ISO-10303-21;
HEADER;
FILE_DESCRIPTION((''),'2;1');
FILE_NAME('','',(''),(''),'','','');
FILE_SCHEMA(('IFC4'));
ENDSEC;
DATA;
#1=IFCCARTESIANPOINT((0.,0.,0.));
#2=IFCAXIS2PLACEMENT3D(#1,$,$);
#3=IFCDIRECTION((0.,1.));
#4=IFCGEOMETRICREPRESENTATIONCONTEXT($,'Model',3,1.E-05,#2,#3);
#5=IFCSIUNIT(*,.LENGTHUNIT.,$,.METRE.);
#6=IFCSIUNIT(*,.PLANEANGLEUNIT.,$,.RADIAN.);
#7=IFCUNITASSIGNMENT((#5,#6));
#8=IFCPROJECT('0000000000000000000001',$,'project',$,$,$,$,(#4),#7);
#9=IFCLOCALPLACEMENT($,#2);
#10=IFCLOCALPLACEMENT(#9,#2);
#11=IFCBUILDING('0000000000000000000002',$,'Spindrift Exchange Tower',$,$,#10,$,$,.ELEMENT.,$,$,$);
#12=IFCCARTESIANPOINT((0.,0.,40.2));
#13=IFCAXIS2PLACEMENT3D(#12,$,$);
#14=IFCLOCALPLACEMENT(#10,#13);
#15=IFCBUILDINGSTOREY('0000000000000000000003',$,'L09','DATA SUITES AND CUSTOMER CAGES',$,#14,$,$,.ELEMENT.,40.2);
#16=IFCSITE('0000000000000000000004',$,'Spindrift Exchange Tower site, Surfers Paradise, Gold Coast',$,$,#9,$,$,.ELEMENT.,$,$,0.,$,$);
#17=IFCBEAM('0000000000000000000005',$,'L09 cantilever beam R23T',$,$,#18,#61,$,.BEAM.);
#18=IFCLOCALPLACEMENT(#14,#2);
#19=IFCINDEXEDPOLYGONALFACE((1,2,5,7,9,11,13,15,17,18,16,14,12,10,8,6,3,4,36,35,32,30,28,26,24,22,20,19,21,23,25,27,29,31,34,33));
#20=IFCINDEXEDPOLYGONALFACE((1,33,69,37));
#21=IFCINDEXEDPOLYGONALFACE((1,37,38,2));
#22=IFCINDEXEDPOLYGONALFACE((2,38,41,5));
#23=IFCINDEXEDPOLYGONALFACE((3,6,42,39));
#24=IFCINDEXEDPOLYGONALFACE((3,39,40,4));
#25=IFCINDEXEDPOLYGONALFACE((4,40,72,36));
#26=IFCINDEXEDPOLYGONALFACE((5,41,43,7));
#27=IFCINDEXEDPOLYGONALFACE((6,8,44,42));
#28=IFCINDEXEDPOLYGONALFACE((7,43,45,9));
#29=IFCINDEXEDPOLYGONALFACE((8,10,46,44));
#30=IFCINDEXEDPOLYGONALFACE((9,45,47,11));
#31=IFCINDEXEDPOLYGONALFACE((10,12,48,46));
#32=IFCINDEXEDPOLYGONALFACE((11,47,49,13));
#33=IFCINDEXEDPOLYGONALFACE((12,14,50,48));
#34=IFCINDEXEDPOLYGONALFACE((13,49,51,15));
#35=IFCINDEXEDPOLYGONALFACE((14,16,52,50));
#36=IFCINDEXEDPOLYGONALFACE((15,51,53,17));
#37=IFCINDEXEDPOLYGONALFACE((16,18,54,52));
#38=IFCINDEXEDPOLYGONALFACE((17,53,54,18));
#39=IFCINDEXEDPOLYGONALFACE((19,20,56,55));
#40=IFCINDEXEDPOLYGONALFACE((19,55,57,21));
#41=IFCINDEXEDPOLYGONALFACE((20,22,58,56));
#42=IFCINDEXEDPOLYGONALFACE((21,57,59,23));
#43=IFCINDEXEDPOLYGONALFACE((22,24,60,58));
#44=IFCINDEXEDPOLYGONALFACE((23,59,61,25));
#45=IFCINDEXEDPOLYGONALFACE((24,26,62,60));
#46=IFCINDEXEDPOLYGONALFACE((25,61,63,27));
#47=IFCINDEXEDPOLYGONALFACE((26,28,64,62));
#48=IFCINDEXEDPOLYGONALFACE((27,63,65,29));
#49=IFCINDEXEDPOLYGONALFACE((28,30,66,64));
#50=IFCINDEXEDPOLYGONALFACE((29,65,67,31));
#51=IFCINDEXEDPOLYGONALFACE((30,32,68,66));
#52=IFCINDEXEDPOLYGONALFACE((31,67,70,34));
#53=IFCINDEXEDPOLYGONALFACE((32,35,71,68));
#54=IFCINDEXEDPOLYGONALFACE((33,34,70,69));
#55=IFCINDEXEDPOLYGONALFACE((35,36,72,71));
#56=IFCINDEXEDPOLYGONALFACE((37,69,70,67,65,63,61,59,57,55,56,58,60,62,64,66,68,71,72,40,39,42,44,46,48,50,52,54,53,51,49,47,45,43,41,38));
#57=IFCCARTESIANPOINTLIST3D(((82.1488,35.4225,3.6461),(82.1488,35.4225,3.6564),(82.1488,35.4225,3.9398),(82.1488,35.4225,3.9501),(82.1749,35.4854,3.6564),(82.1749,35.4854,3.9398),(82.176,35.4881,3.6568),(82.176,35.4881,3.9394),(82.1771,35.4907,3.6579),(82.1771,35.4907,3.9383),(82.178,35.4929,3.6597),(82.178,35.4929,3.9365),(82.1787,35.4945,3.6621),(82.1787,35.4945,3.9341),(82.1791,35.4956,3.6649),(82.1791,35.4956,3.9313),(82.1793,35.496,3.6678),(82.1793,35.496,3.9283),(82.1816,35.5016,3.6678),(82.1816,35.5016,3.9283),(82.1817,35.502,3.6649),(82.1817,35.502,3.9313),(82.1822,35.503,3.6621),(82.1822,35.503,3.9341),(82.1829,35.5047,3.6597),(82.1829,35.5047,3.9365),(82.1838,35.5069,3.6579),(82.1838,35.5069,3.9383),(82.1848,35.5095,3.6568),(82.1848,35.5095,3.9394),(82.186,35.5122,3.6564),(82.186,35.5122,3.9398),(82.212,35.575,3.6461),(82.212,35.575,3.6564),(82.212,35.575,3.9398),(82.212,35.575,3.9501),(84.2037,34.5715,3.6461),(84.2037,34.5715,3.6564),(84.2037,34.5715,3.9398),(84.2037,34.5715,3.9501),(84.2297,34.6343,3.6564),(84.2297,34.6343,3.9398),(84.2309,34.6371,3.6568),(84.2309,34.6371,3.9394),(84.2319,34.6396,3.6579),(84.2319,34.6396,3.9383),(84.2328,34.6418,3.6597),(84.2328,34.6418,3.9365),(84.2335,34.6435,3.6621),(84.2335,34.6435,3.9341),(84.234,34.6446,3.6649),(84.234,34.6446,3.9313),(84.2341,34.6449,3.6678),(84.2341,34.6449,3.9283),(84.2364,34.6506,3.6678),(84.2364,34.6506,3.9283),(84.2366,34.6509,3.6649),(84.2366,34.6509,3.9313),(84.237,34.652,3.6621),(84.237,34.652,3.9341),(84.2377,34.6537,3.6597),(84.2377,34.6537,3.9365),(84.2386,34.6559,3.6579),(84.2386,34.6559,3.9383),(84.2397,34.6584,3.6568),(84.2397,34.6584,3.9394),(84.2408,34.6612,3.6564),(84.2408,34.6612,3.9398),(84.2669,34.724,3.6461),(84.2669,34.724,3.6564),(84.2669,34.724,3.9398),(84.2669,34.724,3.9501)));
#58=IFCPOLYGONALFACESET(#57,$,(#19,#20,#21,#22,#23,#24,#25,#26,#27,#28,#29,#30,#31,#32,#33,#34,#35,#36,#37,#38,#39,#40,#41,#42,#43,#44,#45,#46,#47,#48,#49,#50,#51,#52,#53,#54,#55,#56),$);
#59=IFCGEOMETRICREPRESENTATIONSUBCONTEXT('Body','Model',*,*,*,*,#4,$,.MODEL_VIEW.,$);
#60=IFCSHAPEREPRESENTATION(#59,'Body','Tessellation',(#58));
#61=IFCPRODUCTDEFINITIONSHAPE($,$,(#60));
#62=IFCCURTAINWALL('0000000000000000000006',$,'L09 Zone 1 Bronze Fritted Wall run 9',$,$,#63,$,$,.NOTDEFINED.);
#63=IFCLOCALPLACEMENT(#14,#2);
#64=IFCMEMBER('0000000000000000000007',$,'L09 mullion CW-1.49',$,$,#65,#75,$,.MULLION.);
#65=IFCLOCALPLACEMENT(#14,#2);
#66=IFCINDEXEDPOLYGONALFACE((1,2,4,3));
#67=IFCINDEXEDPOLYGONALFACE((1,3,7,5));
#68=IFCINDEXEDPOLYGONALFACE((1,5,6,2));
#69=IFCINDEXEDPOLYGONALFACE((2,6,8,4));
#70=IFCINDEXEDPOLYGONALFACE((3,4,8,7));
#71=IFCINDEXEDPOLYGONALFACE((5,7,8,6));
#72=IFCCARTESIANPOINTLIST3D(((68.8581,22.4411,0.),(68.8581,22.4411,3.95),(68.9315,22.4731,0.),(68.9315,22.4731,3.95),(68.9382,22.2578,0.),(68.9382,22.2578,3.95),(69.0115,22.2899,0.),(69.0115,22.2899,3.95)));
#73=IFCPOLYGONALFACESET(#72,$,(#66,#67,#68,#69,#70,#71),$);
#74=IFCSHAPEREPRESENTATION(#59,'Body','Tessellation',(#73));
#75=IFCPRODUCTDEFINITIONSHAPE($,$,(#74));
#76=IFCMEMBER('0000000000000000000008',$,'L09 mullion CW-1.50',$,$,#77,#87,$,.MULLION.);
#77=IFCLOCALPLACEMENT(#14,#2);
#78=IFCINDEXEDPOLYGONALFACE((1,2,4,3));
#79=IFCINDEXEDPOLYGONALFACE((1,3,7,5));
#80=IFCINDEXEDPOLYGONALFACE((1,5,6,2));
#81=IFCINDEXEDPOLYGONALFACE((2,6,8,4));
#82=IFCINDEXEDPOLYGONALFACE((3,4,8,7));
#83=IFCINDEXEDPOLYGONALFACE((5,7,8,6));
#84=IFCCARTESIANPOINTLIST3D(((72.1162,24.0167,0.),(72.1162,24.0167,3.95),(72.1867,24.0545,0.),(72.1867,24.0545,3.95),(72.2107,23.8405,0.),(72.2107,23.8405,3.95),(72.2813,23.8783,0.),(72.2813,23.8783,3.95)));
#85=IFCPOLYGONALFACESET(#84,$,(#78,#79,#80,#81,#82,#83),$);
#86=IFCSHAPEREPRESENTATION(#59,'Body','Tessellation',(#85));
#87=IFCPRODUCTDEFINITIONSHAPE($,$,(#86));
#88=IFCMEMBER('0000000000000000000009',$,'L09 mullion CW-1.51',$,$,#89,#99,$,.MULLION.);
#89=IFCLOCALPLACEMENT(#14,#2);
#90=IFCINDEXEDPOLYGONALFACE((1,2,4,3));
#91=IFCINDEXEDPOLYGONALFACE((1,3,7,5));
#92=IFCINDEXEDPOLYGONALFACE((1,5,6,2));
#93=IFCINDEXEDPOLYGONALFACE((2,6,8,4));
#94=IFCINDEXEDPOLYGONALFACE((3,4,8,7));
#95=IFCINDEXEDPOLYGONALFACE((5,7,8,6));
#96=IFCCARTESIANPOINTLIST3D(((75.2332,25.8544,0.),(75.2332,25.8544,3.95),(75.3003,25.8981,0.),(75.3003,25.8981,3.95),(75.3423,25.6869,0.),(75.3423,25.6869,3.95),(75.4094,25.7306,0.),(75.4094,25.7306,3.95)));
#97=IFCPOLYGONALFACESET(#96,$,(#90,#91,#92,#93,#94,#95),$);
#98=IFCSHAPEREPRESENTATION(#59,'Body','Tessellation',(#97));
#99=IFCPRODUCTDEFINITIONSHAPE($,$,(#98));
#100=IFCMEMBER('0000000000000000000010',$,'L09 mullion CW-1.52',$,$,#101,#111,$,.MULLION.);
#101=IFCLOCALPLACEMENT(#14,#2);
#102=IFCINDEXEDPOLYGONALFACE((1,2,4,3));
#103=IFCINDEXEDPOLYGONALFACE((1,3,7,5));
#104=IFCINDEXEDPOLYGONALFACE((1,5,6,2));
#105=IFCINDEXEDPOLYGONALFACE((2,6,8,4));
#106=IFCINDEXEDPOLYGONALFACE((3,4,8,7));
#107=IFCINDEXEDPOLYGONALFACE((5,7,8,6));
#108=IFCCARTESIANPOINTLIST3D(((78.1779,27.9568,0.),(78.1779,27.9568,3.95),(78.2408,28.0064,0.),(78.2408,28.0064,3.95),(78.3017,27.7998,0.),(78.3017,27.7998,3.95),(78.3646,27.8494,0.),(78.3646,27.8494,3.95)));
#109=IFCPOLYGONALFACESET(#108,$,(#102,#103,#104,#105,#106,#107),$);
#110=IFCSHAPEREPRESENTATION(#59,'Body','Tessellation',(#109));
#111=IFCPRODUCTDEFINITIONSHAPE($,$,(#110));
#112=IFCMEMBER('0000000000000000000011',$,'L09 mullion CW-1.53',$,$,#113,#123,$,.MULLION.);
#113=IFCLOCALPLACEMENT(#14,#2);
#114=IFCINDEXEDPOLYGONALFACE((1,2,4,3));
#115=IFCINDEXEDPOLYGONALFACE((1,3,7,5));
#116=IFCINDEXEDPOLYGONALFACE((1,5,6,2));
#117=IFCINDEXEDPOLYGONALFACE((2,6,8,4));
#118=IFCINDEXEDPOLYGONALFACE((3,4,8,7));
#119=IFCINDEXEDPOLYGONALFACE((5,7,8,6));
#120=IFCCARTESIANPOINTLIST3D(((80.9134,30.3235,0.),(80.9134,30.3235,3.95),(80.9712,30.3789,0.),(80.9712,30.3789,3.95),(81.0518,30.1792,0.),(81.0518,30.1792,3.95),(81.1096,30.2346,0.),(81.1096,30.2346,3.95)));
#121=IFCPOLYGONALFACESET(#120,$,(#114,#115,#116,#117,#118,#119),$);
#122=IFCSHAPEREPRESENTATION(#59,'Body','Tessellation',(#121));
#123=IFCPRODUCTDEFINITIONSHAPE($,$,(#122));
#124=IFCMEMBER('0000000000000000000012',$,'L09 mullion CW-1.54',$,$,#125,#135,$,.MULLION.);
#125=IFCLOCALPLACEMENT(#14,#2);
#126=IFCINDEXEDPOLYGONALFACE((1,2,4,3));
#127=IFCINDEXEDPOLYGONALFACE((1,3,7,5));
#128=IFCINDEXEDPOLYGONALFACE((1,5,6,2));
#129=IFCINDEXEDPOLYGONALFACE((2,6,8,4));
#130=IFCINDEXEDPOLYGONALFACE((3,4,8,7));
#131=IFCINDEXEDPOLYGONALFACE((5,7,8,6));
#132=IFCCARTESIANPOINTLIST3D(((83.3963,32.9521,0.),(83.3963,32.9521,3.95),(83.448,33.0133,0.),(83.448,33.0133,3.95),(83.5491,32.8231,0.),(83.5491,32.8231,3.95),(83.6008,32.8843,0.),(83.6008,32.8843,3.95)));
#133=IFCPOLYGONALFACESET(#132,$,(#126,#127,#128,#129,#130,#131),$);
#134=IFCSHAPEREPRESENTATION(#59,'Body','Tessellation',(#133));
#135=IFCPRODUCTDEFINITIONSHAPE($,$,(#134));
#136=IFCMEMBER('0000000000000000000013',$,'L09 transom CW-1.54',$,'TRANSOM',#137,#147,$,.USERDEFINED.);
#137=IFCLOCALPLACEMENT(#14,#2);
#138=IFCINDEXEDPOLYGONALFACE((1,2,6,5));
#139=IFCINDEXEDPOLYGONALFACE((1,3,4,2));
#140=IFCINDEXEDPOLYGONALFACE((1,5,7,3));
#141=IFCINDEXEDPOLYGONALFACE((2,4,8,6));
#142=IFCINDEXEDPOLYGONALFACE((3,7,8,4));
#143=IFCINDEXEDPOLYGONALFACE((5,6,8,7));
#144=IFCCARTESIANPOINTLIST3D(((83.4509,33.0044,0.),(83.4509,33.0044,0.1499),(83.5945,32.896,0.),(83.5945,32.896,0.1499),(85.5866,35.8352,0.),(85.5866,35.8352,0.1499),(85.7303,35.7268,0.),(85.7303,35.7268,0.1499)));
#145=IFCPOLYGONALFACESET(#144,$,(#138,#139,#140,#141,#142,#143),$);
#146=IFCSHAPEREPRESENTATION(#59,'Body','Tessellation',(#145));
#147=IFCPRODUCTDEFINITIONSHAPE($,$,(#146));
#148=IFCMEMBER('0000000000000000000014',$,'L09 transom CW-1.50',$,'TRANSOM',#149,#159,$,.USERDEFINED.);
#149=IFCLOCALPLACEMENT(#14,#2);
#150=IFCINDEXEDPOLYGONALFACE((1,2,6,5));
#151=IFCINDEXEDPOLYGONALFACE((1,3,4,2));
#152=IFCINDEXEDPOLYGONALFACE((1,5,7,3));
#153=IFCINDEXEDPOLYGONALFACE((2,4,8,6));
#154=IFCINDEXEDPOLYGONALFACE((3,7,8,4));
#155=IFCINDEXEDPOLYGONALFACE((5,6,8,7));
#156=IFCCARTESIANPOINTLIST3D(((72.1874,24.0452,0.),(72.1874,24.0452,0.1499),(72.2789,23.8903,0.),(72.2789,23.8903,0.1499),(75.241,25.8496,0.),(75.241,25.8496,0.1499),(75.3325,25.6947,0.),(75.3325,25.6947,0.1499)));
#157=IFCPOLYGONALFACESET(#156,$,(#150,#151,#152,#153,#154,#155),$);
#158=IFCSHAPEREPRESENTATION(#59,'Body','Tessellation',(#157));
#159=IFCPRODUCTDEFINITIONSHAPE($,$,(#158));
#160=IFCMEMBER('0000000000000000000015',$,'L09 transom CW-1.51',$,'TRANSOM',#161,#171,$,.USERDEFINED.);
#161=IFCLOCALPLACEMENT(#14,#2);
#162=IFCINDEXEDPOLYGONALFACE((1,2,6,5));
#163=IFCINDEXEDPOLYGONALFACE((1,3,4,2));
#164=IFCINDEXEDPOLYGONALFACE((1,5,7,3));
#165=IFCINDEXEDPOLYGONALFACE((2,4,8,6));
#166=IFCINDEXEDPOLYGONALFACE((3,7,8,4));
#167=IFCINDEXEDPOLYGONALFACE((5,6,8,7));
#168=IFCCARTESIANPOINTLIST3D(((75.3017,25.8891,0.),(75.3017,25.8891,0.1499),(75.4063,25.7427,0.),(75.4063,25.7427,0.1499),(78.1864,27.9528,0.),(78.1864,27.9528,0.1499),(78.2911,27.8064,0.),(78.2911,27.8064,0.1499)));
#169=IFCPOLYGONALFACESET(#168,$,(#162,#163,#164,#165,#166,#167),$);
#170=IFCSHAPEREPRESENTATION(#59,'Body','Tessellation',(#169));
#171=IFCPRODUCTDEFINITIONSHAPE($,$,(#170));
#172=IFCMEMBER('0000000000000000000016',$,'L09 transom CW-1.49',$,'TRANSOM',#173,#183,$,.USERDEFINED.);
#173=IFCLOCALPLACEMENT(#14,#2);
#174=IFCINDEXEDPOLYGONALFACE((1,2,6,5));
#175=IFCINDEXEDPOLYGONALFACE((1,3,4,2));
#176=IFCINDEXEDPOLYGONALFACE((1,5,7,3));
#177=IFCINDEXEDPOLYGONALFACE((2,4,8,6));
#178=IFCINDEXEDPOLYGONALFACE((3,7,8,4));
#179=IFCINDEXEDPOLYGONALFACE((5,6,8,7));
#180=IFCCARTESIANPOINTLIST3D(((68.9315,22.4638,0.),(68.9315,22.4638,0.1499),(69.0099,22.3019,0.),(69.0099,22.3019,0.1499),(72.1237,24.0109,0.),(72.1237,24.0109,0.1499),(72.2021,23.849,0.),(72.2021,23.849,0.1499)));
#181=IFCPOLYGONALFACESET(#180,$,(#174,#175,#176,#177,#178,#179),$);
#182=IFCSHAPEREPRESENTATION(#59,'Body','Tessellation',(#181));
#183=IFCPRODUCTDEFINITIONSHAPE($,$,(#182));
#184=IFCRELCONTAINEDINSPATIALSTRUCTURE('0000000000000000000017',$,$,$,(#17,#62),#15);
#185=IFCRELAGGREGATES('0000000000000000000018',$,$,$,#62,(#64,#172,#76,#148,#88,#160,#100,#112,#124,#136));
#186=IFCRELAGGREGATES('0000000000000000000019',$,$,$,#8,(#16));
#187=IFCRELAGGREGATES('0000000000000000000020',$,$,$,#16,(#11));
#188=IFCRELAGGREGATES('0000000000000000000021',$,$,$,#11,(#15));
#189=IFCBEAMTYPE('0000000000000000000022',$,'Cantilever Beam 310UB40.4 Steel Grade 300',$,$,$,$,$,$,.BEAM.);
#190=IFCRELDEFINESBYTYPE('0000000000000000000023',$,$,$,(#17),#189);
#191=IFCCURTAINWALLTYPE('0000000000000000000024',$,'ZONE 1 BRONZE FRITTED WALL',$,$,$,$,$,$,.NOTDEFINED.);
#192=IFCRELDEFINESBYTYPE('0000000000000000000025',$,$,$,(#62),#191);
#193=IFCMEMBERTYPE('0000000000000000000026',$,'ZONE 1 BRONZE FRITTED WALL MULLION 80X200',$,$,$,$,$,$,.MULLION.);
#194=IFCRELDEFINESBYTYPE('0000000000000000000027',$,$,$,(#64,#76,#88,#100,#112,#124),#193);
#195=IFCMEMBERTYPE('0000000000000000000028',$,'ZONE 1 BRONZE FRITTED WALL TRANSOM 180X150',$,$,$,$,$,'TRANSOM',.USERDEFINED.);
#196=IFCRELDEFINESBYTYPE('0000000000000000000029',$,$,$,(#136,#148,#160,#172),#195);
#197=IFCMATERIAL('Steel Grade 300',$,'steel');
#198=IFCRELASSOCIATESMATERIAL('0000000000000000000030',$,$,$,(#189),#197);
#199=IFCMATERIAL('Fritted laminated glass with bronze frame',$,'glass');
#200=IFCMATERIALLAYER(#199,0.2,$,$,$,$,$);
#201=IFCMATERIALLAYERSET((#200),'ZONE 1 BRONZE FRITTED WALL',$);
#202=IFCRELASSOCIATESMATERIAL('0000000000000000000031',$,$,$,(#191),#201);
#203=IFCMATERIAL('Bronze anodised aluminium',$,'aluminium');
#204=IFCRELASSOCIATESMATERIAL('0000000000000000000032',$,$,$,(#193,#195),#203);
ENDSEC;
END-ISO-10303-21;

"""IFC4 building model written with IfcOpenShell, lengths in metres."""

from ifc_helpers import new_model, si_unit, direction, frame, origin, origin_2d, place, context, subcontext, project, spatial, rectangle, i_section, extrude, source, transform, mapped, material, layer, layer_set, material_profile, profile_set, type_object, element, aggregate, save


model = new_model("IFC4")

# Units and contexts
model_context = context("Model", 3, precision=1e-05, world=origin(), true_north=direction((0.0, 1.0)))
body_context = subcontext(model_context, "Body", "Model", "MODEL_VIEW")
ifc_project = project(units=[si_unit("LENGTHUNIT", "METRE"), si_unit("PLANEANGLEUNIT", "RADIAN")], contexts=[model_context])

# Site, building, storey
site_placement = place(None, origin())
site = spatial("IfcSite", under=ifc_project, at=site_placement, Name="Spindrift Exchange Tower site, Surfers Paradise, Gold Coast", CompositionType="ELEMENT", RefElevation=0.0)
building_placement = place(site_placement, origin())
building = spatial("IfcBuilding", under=site, at=building_placement, Name="Spindrift Exchange Tower", CompositionType="ELEMENT")
storey_placement = place(building_placement, frame((0.0, 0.0, 40.2)))
storey = spatial("IfcBuildingStorey", under=building, at=storey_placement, Name="L09", Description="DATA SUITES AND CUSTOMER CAGES", CompositionType="ELEMENT", Elevation=40.2)

# Beam
ifc_material_1 = material(Name="Steel Grade 300", Category="steel")
ifc_material_profile_1 = material_profile(ifc_material_1, i_section(OverallWidth=0.165, OverallDepth=0.304, WebThickness=0.0061, FlangeThickness=0.0103, FilletRadius=0.0115, at=origin_2d()), Name="310UB40.4")
ifc_profile_set_1 = profile_set([ifc_material_profile_1], Name="Steel Grade 300")
beam_type_1 = type_object("IfcBeamType", Name="Cantilever Beam 310UB40.4 Steel Grade 300", PredefinedType="BEAM", material=ifc_profile_set_1)
shared_shape_1 = source(origin(), body_context, "Body", "SweptSolid", [
    extrude(i_section(OverallWidth=0.165, OverallDepth=0.304, WebThickness=0.0061, FlangeThickness=0.0103, FilletRadius=0.0115, at=origin_2d()), origin(), (0.0, 0.0, 1.0), 2.2241),
])
beam_1_placement = place(storey_placement, frame((82.1804, 35.4988, 3.7981), z_axis=(0.923896, -0.382643, 0.0), x_axis=(0.382643, 0.923896, 0.0)))
element("IfcBeam", 1, at=beam_1_placement, inside=storey, type_object=beam_type_1, Name="L09 cantilever beam R23T", PredefinedType="BEAM", context=body_context, shape_type="MappedRepresentation", body=[
    mapped(shared_shape_1, transform((0.0, 0.0, 0.0), scale=1.0)),
])

# Curtain wall, members
ifc_material_2 = material(Name="Fritted laminated glass with bronze frame", Category="glass")
ifc_layer_1 = layer(ifc_material_2, 0.2)
ifc_layer_set_1 = layer_set([ifc_layer_1], Name="ZONE 1 BRONZE FRITTED WALL")
curtain_wall_type = type_object("IfcCurtainWallType", Name="ZONE 1 BRONZE FRITTED WALL", PredefinedType="NOTDEFINED", material=ifc_layer_set_1)
curtain_wall_1_placement = place(storey_placement, origin())
curtain_wall_1 = element("IfcCurtainWall", 2, at=curtain_wall_1_placement, inside=storey, type_object=curtain_wall_type, Name="L09 Zone 1 Bronze Fritted Wall run 9", PredefinedType="NOTDEFINED")
ifc_material_3 = material(Name="Bronze anodised aluminium", Category="aluminium")
ifc_material_profile_2 = material_profile(ifc_material_3, rectangle(XDim=0.0801, YDim=0.2, at=origin_2d()), Name="ZONE 1 BRONZE FRITTED WALL MULLION 80X200")
ifc_profile_set_2 = profile_set([ifc_material_profile_2], Name="Bronze anodised aluminium")
member_type_1 = type_object("IfcMemberType", Name="ZONE 1 BRONZE FRITTED WALL MULLION 80X200", PredefinedType="MULLION", material=ifc_profile_set_2)
shared_shape_2 = source(origin(), body_context, "Body", "SweptSolid", [
    extrude(rectangle(XDim=0.0801, YDim=0.2, at=origin_2d()), origin(), (0.0, 0.0, 1.0), 3.95),
])
member_1_placement = place(storey_placement, frame((68.9348, 22.3655, 0.0), z_axis=(0.0, 0.0, 1.0), x_axis=(0.916339, 0.400403, 0.0)))
member_1 = element("IfcMember", 3, at=member_1_placement, type_object=member_type_1, Name="L09 mullion CW-1.49", PredefinedType="MULLION", context=body_context, shape_type="MappedRepresentation", body=[
    mapped(shared_shape_2, transform((0.0, 0.0, 0.0), scale=1.0)),
])
member_2_placement = place(storey_placement, frame((72.1987, 23.9475, 0.0), z_axis=(0.0, 0.0, 1.0), x_axis=(0.881149, 0.472839, 0.0)))
member_2 = element("IfcMember", 4, at=member_2_placement, type_object=member_type_1, Name="L09 mullion CW-1.50", PredefinedType="MULLION", context=body_context, shape_type="MappedRepresentation", body=[
    mapped(shared_shape_2, transform((0.0, 0.0, 0.0), scale=1.0)),
])
member_3_placement = place(storey_placement, frame((75.3213, 25.7925, 0.0), z_axis=(0.0, 0.0, 1.0), x_axis=(0.837909, 0.54581, 0.0)))
member_3 = element("IfcMember", 5, at=member_3_placement, type_object=member_type_1, Name="L09 mullion CW-1.51", PredefinedType="MULLION", context=body_context, shape_type="MappedRepresentation", body=[
    mapped(shared_shape_2, transform((0.0, 0.0, 0.0), scale=1.0)),
])
member_4_placement = place(storey_placement, frame((78.2712, 27.9031, 0.0), z_axis=(0.0, 0.0, 1.0), x_axis=(0.785264, 0.619161, 0.0)))
member_4 = element("IfcMember", 6, at=member_4_placement, type_object=member_type_1, Name="L09 mullion CW-1.52", PredefinedType="MULLION", context=body_context, shape_type="MappedRepresentation", body=[
    mapped(shared_shape_2, transform((0.0, 0.0, 0.0), scale=1.0)),
])
member_5_placement = place(storey_placement, frame((81.0115, 30.2791, 0.0), z_axis=(0.0, 0.0, 1.0), x_axis=(0.721593, 0.692317, 0.0)))
member_5 = element("IfcMember", 7, at=member_5_placement, type_object=member_type_1, Name="L09 mullion CW-1.53", PredefinedType="MULLION", context=body_context, shape_type="MappedRepresentation", body=[
    mapped(shared_shape_2, transform((0.0, 0.0, 0.0), scale=1.0)),
])
member_6_placement = place(storey_placement, frame((83.4985, 32.9182, 0.0), z_axis=(0.0, 0.0, 1.0), x_axis=(0.645022, 0.764164, 0.0)))
member_6 = element("IfcMember", 8, at=member_6_placement, type_object=member_type_1, Name="L09 mullion CW-1.54", PredefinedType="MULLION", context=body_context, shape_type="MappedRepresentation", body=[
    mapped(shared_shape_2, transform((0.0, 0.0, 0.0), scale=1.0)),
])
ifc_material_profile_3 = material_profile(ifc_material_3, rectangle(XDim=0.1799, YDim=0.1499, at=origin_2d()), Name="ZONE 1 BRONZE FRITTED WALL TRANSOM 180X150")
ifc_profile_set_3 = profile_set([ifc_material_profile_3], Name="Bronze anodised aluminium")
member_type_2 = type_object("IfcMemberType", Name="ZONE 1 BRONZE FRITTED WALL TRANSOM 180X150", ElementType="TRANSOM", PredefinedType="USERDEFINED", material=ifc_profile_set_3)
shared_shape_3 = source(origin(), body_context, "Body", "SweptSolid", [
    extrude(rectangle(XDim=0.1799, YDim=0.1499, at=origin_2d()), origin(), (0.0, 0.0, 1.0), 3.5461),
])
member_7_placement = place(storey_placement, frame((83.5227, 32.9502, 0.075), z_axis=(0.602278, 0.798287, 0.0), x_axis=(-0.798287, 0.602278, 0.0)))
member_7 = element("IfcMember", 9, at=member_7_placement, type_object=member_type_2, Name="L09 transom CW-1.54", ObjectType="TRANSOM", PredefinedType="USERDEFINED", context=body_context, shape_type="MappedRepresentation", body=[
    mapped(shared_shape_3, transform((0.0, 0.0, 0.0), scale=1.0)),
])
shared_shape_4 = source(origin(), body_context, "Body", "SweptSolid", [
    extrude(rectangle(XDim=0.1799, YDim=0.1499, at=origin_2d()), origin(), (0.0, 0.0, 1.0), 3.5469),
])
member_8_placement = place(storey_placement, frame((72.2332, 23.9678, 0.075), z_axis=(0.860929, 0.508725, 0.0), x_axis=(-0.508725, 0.860929, 0.0)))
member_8 = element("IfcMember", 10, at=member_8_placement, type_object=member_type_2, Name="L09 transom CW-1.50", ObjectType="TRANSOM", PredefinedType="USERDEFINED", context=body_context, shape_type="MappedRepresentation", body=[
    mapped(shared_shape_4, transform((0.0, 0.0, 0.0), scale=1.0)),
])
member_9_placement = place(storey_placement, frame((75.354, 25.8159, 0.075), z_axis=(0.81331, 0.581831, 0.0), x_axis=(-0.581831, 0.81331, 0.0)))
member_9 = element("IfcMember", 11, at=member_9_placement, type_object=member_type_2, Name="L09 transom CW-1.51", ObjectType="TRANSOM", PredefinedType="USERDEFINED", context=body_context, shape_type="MappedRepresentation", body=[
    mapped(shared_shape_4, transform((0.0, 0.0, 0.0), scale=1.0)),
])
shared_shape_5 = source(origin(), body_context, "Body", "SweptSolid", [
    extrude(rectangle(XDim=0.1799, YDim=0.1499, at=origin_2d()), origin(), (0.0, 0.0, 1.0), 3.5474),
])
member_10_placement = place(storey_placement, frame((68.9707, 22.3828, 0.075), z_axis=(0.899879, 0.43614, 0.0), x_axis=(-0.43614, 0.899879, 0.0)))
member_10 = element("IfcMember", 12, at=member_10_placement, type_object=member_type_2, Name="L09 transom CW-1.49", ObjectType="TRANSOM", PredefinedType="USERDEFINED", context=body_context, shape_type="MappedRepresentation", body=[
    mapped(shared_shape_5, transform((0.0, 0.0, 0.0), scale=1.0)),
])

aggregate(curtain_wall_1, [member_1, member_10, member_2, member_8, member_3, member_9, member_4, member_5, member_6, member_7])

save(model, "model.ifc")
